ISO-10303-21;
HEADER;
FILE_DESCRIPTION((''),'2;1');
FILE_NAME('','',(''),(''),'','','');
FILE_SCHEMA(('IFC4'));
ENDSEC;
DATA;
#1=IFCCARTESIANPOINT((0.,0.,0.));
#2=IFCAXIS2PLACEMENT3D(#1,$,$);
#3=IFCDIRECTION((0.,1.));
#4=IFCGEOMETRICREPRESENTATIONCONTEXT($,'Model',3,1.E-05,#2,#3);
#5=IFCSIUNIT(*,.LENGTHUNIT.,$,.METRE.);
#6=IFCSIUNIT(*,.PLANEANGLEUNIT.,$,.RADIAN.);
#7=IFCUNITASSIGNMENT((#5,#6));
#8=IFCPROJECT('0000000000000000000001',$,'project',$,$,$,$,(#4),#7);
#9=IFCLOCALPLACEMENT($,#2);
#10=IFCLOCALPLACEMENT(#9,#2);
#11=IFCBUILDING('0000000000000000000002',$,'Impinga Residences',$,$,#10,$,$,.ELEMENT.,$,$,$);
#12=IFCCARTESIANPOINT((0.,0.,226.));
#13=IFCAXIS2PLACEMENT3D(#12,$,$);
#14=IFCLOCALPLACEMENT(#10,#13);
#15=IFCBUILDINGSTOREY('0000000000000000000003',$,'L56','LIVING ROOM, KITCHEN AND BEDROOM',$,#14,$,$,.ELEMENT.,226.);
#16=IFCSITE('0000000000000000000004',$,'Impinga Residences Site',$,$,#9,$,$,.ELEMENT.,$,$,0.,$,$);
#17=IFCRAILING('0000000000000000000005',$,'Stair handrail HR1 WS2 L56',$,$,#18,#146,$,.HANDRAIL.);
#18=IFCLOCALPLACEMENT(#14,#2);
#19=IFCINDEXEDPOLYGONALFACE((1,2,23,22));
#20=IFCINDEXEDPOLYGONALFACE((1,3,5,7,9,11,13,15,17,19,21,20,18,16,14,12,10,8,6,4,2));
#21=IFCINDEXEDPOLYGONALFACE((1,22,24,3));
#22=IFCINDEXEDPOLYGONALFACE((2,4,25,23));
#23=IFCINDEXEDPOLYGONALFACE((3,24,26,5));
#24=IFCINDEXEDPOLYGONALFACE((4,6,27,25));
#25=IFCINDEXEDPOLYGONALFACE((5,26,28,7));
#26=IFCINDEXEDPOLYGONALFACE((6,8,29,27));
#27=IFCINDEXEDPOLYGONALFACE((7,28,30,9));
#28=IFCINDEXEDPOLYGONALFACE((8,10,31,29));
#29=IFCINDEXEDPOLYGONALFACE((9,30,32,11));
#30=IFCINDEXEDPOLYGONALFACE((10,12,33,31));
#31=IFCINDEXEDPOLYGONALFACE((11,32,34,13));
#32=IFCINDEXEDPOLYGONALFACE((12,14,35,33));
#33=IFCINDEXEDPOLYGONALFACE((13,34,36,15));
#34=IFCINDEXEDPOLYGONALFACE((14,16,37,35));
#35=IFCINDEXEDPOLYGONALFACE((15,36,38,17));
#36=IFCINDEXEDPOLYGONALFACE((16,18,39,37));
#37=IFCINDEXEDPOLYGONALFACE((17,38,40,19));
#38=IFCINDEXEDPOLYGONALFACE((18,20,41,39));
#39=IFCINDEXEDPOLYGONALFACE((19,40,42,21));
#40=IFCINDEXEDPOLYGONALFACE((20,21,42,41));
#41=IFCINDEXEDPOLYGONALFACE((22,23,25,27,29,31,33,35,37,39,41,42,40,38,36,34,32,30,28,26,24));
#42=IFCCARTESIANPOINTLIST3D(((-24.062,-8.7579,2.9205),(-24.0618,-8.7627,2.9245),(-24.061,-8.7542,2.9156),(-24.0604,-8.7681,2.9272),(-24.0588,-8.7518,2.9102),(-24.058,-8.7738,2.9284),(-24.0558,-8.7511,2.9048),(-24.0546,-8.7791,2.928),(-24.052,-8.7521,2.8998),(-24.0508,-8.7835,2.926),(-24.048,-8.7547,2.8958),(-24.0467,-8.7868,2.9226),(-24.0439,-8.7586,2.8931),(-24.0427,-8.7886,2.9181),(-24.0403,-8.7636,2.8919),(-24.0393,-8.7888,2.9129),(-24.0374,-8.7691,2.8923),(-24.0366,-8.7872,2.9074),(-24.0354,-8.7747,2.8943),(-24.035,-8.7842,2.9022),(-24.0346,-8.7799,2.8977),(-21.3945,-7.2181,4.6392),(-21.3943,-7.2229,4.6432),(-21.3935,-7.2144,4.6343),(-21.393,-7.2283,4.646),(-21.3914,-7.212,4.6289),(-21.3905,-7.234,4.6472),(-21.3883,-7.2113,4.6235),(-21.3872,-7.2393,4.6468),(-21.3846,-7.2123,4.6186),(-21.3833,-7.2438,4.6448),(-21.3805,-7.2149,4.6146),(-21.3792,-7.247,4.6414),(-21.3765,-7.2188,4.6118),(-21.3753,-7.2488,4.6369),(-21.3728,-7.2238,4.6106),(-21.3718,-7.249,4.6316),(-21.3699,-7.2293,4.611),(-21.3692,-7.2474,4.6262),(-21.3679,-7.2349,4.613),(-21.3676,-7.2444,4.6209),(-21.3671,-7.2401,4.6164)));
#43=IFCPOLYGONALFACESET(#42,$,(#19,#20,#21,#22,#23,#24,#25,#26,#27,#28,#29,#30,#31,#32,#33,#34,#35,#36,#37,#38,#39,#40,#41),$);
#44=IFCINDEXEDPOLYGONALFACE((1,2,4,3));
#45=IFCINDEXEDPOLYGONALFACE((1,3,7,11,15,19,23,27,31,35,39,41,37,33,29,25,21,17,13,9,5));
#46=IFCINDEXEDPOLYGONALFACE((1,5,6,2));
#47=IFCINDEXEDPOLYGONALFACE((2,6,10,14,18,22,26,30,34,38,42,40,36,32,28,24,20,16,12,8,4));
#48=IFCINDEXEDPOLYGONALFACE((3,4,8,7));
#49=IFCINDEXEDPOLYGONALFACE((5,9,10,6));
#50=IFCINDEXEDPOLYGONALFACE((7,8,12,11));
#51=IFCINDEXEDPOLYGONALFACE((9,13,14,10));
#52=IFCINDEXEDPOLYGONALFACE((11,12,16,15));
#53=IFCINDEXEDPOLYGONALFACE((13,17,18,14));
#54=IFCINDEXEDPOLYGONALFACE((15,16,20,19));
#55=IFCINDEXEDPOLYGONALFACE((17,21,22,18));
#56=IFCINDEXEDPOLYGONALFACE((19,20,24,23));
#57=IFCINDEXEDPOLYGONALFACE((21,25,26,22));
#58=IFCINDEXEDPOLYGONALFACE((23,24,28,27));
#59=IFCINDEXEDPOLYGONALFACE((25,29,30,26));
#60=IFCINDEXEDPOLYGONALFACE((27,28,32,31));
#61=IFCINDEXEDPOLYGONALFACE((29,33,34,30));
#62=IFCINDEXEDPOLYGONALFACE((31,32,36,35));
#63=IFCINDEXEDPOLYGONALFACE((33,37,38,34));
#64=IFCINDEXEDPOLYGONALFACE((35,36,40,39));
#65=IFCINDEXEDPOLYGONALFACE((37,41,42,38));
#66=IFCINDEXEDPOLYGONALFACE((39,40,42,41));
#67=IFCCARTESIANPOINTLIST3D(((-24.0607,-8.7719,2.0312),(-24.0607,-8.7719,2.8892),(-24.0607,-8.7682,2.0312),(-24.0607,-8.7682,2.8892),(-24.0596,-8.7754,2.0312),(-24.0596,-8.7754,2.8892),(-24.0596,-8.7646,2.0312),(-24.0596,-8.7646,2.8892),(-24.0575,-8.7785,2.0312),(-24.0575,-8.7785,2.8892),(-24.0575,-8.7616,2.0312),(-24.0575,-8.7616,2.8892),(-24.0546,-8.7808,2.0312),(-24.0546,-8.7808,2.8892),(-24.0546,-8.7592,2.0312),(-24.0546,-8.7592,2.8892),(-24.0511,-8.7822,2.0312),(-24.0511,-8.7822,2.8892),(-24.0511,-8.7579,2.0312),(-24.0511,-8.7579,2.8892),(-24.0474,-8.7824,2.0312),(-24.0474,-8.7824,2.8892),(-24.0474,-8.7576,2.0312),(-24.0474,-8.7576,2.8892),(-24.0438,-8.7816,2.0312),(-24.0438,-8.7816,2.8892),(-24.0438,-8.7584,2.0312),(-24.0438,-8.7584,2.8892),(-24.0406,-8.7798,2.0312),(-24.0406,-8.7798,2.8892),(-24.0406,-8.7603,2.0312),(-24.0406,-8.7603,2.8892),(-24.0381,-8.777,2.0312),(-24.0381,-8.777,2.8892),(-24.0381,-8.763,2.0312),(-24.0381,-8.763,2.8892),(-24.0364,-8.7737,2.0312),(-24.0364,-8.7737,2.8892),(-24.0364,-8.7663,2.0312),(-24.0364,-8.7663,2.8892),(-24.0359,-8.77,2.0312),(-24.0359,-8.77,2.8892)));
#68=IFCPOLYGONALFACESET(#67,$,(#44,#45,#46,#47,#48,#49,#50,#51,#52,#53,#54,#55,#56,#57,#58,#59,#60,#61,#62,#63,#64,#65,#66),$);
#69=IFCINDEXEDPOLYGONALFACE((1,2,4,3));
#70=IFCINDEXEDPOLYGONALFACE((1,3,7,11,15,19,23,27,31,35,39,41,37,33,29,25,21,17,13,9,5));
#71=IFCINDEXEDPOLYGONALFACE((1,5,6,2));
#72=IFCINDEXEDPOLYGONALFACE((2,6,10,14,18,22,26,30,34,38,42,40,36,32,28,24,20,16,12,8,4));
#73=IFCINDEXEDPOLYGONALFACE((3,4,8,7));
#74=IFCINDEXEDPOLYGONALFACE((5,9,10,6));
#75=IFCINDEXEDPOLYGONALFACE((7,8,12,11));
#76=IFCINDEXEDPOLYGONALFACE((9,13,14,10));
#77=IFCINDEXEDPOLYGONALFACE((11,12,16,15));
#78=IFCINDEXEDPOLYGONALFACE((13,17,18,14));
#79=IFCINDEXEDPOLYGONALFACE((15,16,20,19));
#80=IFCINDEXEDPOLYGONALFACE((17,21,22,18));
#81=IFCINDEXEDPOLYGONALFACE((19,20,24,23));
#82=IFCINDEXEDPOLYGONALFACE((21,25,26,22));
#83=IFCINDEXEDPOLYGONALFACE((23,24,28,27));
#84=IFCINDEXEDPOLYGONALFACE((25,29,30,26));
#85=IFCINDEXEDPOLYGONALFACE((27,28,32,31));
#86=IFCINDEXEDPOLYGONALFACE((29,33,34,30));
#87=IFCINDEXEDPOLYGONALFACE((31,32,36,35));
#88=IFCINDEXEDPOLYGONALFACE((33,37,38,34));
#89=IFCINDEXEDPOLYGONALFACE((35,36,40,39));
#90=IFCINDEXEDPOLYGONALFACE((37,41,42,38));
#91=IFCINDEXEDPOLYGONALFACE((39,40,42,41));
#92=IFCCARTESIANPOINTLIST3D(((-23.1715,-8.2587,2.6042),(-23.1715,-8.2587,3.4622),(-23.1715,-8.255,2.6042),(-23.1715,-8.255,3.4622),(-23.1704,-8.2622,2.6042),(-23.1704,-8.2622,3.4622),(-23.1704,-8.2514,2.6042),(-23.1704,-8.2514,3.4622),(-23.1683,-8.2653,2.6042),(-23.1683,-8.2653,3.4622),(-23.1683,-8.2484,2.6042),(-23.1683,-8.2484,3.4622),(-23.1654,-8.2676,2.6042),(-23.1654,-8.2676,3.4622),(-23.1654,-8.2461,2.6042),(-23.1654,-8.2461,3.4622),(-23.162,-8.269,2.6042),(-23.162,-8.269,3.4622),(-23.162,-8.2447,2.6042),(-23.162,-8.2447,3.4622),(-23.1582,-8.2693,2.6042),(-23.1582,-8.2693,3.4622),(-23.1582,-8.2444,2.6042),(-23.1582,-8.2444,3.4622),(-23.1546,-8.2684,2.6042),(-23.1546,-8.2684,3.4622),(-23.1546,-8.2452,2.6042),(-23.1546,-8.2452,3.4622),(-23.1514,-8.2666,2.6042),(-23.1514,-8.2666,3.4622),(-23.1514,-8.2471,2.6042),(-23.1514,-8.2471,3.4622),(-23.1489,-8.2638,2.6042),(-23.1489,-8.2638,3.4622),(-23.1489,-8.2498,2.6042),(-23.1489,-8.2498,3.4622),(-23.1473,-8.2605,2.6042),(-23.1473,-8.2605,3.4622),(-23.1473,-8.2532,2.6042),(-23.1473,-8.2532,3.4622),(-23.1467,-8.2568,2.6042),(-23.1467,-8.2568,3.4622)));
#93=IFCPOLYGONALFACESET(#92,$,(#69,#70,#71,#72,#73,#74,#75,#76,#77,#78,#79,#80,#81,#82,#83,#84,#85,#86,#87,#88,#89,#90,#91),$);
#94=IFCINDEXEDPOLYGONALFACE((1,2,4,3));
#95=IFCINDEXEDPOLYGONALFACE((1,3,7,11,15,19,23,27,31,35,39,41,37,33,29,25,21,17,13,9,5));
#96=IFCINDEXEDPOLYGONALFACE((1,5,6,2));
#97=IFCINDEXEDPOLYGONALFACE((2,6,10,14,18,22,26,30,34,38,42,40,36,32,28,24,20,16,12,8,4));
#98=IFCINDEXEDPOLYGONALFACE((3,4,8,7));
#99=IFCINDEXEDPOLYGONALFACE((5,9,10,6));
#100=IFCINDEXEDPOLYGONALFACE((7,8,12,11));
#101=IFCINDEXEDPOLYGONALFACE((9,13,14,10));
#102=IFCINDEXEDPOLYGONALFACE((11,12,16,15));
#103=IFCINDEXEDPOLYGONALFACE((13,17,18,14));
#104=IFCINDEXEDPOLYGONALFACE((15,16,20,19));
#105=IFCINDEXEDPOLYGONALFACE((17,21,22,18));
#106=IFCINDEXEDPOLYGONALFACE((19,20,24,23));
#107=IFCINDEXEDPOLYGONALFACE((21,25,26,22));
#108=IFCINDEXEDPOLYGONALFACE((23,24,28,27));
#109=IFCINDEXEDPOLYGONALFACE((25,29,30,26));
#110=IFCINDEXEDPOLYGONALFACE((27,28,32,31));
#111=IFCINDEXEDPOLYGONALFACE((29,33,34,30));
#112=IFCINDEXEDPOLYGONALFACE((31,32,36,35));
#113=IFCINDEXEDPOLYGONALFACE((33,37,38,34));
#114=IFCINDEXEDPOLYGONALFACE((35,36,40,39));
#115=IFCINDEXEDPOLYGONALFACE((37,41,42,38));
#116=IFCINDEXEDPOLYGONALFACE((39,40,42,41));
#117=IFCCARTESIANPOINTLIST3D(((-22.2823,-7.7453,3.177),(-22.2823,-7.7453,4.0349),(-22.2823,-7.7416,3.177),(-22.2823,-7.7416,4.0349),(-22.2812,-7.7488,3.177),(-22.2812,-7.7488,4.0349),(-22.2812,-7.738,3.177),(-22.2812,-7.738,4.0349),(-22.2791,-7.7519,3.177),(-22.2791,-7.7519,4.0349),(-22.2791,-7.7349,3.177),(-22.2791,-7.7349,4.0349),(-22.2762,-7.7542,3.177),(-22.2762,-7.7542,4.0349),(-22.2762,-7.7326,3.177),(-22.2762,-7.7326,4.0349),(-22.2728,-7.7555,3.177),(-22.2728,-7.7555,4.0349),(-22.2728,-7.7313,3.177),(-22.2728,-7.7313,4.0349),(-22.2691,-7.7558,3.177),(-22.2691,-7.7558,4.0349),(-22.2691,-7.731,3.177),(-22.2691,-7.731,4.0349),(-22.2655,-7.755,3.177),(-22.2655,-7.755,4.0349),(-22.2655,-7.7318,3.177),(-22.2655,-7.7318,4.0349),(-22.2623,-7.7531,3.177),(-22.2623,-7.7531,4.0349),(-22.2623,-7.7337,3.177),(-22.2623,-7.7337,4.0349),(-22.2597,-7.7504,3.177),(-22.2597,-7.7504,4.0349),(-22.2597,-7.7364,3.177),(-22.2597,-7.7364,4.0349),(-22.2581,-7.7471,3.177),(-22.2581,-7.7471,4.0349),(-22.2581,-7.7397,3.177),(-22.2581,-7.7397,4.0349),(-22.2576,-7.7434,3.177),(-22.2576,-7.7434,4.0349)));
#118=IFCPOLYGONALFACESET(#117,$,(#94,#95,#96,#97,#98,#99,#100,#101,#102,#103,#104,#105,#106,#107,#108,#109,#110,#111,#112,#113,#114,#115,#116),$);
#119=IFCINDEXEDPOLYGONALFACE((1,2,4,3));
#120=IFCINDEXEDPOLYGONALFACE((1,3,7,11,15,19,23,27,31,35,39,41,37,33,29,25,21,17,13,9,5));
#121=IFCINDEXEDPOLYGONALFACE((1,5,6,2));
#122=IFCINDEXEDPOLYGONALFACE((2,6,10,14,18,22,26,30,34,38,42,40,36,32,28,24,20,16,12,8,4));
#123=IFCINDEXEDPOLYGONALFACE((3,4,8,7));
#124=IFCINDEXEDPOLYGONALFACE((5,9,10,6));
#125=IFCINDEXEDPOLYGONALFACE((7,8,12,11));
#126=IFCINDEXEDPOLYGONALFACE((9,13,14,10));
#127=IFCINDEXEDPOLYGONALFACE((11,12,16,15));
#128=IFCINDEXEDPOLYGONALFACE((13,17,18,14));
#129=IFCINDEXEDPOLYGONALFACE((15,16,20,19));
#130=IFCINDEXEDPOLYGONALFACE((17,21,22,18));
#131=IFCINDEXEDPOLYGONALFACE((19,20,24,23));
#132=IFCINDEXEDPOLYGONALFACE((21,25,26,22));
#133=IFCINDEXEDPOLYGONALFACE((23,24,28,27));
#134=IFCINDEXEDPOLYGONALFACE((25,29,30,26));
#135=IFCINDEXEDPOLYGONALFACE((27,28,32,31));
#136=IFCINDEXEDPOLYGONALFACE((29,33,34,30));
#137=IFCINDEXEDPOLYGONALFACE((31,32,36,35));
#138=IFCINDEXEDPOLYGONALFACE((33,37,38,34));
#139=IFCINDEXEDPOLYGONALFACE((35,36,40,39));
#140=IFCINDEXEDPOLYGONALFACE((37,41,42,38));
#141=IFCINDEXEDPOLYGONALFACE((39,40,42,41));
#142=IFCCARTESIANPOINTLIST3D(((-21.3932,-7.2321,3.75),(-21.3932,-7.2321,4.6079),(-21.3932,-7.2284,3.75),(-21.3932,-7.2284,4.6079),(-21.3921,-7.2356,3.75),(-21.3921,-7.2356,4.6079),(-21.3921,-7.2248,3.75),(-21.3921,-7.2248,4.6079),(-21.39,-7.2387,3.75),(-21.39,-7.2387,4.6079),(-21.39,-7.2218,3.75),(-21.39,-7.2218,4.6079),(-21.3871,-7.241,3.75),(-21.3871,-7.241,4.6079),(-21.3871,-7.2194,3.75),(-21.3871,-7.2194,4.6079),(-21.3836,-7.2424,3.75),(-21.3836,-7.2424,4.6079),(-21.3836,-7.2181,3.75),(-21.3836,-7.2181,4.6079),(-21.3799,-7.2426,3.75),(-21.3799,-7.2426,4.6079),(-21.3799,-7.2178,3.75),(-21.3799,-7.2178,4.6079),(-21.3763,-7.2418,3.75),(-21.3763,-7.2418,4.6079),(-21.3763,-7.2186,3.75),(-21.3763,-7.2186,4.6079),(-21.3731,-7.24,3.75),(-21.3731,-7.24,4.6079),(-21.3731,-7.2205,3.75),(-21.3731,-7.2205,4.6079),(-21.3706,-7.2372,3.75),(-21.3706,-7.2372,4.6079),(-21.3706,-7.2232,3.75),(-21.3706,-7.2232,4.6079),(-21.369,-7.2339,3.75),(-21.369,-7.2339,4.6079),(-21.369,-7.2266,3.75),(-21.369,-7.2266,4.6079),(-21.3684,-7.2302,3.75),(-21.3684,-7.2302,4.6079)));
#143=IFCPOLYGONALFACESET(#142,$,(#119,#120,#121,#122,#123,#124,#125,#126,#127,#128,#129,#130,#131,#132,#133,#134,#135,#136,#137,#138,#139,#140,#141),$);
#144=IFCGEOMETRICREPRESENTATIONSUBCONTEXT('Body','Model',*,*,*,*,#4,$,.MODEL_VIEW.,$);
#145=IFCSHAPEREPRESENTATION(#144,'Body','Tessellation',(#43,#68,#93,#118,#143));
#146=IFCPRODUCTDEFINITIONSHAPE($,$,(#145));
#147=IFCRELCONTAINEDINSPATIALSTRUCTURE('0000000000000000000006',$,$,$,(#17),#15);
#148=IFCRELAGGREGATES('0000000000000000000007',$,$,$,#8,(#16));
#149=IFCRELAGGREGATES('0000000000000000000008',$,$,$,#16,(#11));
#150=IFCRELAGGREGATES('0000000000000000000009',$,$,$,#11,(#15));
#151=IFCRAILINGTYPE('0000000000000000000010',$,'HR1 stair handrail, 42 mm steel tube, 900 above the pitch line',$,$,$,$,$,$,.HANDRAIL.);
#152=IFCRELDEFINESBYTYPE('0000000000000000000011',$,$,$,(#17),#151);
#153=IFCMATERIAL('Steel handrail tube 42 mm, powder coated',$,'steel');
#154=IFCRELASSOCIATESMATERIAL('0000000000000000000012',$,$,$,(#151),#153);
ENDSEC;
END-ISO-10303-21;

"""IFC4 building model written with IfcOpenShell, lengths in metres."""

from ifc_helpers import new_model, si_unit, direction, frame, origin, origin_2d, place, context, subcontext, project, spatial, circle, extrude, material, type_object, element, save


model = new_model("IFC4")

# Units and contexts
model_context = context("Model", 3, precision=1e-05, world=origin(), true_north=direction((0.0, 1.0)))
body_context = subcontext(model_context, "Body", "Model", "MODEL_VIEW")
ifc_project = project(units=[si_unit("LENGTHUNIT", "METRE"), si_unit("PLANEANGLEUNIT", "RADIAN")], contexts=[model_context])

# Site, building, storey
site_placement = place(None, origin())
site = spatial("IfcSite", under=ifc_project, at=site_placement, Name="Impinga Residences Site", CompositionType="ELEMENT", RefElevation=0.0)
building_placement = place(site_placement, origin())
building = spatial("IfcBuilding", under=site, at=building_placement, Name="Impinga Residences", CompositionType="ELEMENT")
storey_placement = place(building_placement, frame((0.0, 0.0, 226.0)))
storey = spatial("IfcBuildingStorey", under=building, at=storey_placement, Name="L56", Description="LIVING ROOM, KITCHEN AND BEDROOM", CompositionType="ELEMENT", Elevation=226.0)

# Railing
ifc_material_1 = material(Name="Steel handrail tube 42 mm, powder coated", Category="steel")
railing_type = type_object("IfcRailingType", Name="HR1 stair handrail, 42 mm steel tube, 900 above the pitch line", PredefinedType="HANDRAIL", material=ifc_material_1)
railing_placement = place(storey_placement, frame((-24.0483, -8.77, 2.0312)))
element("IfcRailing", 1, at=railing_placement, inside=storey, type_object=railing_type, Name="Stair handrail HR1 WS2 L56", PredefinedType="HANDRAIL", context=body_context, shape_type="SweptSolid", body=[
    extrude(circle(Radius=0.021, at=origin_2d()), frame((0.0, 0.0, 0.8789), z_axis=(0.756279, 0.43656, 0.487297), x_axis=(-0.499933, 0.866064, 0.0)), (0.0, 0.0, 1.0), 3.5271),
    extrude(circle(Radius=0.0125, at=origin_2d()), origin(), (0.0, 0.0, 1.0), 0.8579),
    extrude(circle(Radius=0.0125, at=origin_2d()), frame((0.8892, 0.5132, 0.573)), (0.0, 0.0, 1.0), 0.8579),
    extrude(circle(Radius=0.0125, at=origin_2d()), frame((1.7783, 1.0266, 1.1458)), (0.0, 0.0, 1.0), 0.8579),
    extrude(circle(Radius=0.0125, at=origin_2d()), frame((2.6675, 1.5398, 1.7188)), (0.0, 0.0, 1.0), 0.8579),
])

save(model, "model.ifc")
